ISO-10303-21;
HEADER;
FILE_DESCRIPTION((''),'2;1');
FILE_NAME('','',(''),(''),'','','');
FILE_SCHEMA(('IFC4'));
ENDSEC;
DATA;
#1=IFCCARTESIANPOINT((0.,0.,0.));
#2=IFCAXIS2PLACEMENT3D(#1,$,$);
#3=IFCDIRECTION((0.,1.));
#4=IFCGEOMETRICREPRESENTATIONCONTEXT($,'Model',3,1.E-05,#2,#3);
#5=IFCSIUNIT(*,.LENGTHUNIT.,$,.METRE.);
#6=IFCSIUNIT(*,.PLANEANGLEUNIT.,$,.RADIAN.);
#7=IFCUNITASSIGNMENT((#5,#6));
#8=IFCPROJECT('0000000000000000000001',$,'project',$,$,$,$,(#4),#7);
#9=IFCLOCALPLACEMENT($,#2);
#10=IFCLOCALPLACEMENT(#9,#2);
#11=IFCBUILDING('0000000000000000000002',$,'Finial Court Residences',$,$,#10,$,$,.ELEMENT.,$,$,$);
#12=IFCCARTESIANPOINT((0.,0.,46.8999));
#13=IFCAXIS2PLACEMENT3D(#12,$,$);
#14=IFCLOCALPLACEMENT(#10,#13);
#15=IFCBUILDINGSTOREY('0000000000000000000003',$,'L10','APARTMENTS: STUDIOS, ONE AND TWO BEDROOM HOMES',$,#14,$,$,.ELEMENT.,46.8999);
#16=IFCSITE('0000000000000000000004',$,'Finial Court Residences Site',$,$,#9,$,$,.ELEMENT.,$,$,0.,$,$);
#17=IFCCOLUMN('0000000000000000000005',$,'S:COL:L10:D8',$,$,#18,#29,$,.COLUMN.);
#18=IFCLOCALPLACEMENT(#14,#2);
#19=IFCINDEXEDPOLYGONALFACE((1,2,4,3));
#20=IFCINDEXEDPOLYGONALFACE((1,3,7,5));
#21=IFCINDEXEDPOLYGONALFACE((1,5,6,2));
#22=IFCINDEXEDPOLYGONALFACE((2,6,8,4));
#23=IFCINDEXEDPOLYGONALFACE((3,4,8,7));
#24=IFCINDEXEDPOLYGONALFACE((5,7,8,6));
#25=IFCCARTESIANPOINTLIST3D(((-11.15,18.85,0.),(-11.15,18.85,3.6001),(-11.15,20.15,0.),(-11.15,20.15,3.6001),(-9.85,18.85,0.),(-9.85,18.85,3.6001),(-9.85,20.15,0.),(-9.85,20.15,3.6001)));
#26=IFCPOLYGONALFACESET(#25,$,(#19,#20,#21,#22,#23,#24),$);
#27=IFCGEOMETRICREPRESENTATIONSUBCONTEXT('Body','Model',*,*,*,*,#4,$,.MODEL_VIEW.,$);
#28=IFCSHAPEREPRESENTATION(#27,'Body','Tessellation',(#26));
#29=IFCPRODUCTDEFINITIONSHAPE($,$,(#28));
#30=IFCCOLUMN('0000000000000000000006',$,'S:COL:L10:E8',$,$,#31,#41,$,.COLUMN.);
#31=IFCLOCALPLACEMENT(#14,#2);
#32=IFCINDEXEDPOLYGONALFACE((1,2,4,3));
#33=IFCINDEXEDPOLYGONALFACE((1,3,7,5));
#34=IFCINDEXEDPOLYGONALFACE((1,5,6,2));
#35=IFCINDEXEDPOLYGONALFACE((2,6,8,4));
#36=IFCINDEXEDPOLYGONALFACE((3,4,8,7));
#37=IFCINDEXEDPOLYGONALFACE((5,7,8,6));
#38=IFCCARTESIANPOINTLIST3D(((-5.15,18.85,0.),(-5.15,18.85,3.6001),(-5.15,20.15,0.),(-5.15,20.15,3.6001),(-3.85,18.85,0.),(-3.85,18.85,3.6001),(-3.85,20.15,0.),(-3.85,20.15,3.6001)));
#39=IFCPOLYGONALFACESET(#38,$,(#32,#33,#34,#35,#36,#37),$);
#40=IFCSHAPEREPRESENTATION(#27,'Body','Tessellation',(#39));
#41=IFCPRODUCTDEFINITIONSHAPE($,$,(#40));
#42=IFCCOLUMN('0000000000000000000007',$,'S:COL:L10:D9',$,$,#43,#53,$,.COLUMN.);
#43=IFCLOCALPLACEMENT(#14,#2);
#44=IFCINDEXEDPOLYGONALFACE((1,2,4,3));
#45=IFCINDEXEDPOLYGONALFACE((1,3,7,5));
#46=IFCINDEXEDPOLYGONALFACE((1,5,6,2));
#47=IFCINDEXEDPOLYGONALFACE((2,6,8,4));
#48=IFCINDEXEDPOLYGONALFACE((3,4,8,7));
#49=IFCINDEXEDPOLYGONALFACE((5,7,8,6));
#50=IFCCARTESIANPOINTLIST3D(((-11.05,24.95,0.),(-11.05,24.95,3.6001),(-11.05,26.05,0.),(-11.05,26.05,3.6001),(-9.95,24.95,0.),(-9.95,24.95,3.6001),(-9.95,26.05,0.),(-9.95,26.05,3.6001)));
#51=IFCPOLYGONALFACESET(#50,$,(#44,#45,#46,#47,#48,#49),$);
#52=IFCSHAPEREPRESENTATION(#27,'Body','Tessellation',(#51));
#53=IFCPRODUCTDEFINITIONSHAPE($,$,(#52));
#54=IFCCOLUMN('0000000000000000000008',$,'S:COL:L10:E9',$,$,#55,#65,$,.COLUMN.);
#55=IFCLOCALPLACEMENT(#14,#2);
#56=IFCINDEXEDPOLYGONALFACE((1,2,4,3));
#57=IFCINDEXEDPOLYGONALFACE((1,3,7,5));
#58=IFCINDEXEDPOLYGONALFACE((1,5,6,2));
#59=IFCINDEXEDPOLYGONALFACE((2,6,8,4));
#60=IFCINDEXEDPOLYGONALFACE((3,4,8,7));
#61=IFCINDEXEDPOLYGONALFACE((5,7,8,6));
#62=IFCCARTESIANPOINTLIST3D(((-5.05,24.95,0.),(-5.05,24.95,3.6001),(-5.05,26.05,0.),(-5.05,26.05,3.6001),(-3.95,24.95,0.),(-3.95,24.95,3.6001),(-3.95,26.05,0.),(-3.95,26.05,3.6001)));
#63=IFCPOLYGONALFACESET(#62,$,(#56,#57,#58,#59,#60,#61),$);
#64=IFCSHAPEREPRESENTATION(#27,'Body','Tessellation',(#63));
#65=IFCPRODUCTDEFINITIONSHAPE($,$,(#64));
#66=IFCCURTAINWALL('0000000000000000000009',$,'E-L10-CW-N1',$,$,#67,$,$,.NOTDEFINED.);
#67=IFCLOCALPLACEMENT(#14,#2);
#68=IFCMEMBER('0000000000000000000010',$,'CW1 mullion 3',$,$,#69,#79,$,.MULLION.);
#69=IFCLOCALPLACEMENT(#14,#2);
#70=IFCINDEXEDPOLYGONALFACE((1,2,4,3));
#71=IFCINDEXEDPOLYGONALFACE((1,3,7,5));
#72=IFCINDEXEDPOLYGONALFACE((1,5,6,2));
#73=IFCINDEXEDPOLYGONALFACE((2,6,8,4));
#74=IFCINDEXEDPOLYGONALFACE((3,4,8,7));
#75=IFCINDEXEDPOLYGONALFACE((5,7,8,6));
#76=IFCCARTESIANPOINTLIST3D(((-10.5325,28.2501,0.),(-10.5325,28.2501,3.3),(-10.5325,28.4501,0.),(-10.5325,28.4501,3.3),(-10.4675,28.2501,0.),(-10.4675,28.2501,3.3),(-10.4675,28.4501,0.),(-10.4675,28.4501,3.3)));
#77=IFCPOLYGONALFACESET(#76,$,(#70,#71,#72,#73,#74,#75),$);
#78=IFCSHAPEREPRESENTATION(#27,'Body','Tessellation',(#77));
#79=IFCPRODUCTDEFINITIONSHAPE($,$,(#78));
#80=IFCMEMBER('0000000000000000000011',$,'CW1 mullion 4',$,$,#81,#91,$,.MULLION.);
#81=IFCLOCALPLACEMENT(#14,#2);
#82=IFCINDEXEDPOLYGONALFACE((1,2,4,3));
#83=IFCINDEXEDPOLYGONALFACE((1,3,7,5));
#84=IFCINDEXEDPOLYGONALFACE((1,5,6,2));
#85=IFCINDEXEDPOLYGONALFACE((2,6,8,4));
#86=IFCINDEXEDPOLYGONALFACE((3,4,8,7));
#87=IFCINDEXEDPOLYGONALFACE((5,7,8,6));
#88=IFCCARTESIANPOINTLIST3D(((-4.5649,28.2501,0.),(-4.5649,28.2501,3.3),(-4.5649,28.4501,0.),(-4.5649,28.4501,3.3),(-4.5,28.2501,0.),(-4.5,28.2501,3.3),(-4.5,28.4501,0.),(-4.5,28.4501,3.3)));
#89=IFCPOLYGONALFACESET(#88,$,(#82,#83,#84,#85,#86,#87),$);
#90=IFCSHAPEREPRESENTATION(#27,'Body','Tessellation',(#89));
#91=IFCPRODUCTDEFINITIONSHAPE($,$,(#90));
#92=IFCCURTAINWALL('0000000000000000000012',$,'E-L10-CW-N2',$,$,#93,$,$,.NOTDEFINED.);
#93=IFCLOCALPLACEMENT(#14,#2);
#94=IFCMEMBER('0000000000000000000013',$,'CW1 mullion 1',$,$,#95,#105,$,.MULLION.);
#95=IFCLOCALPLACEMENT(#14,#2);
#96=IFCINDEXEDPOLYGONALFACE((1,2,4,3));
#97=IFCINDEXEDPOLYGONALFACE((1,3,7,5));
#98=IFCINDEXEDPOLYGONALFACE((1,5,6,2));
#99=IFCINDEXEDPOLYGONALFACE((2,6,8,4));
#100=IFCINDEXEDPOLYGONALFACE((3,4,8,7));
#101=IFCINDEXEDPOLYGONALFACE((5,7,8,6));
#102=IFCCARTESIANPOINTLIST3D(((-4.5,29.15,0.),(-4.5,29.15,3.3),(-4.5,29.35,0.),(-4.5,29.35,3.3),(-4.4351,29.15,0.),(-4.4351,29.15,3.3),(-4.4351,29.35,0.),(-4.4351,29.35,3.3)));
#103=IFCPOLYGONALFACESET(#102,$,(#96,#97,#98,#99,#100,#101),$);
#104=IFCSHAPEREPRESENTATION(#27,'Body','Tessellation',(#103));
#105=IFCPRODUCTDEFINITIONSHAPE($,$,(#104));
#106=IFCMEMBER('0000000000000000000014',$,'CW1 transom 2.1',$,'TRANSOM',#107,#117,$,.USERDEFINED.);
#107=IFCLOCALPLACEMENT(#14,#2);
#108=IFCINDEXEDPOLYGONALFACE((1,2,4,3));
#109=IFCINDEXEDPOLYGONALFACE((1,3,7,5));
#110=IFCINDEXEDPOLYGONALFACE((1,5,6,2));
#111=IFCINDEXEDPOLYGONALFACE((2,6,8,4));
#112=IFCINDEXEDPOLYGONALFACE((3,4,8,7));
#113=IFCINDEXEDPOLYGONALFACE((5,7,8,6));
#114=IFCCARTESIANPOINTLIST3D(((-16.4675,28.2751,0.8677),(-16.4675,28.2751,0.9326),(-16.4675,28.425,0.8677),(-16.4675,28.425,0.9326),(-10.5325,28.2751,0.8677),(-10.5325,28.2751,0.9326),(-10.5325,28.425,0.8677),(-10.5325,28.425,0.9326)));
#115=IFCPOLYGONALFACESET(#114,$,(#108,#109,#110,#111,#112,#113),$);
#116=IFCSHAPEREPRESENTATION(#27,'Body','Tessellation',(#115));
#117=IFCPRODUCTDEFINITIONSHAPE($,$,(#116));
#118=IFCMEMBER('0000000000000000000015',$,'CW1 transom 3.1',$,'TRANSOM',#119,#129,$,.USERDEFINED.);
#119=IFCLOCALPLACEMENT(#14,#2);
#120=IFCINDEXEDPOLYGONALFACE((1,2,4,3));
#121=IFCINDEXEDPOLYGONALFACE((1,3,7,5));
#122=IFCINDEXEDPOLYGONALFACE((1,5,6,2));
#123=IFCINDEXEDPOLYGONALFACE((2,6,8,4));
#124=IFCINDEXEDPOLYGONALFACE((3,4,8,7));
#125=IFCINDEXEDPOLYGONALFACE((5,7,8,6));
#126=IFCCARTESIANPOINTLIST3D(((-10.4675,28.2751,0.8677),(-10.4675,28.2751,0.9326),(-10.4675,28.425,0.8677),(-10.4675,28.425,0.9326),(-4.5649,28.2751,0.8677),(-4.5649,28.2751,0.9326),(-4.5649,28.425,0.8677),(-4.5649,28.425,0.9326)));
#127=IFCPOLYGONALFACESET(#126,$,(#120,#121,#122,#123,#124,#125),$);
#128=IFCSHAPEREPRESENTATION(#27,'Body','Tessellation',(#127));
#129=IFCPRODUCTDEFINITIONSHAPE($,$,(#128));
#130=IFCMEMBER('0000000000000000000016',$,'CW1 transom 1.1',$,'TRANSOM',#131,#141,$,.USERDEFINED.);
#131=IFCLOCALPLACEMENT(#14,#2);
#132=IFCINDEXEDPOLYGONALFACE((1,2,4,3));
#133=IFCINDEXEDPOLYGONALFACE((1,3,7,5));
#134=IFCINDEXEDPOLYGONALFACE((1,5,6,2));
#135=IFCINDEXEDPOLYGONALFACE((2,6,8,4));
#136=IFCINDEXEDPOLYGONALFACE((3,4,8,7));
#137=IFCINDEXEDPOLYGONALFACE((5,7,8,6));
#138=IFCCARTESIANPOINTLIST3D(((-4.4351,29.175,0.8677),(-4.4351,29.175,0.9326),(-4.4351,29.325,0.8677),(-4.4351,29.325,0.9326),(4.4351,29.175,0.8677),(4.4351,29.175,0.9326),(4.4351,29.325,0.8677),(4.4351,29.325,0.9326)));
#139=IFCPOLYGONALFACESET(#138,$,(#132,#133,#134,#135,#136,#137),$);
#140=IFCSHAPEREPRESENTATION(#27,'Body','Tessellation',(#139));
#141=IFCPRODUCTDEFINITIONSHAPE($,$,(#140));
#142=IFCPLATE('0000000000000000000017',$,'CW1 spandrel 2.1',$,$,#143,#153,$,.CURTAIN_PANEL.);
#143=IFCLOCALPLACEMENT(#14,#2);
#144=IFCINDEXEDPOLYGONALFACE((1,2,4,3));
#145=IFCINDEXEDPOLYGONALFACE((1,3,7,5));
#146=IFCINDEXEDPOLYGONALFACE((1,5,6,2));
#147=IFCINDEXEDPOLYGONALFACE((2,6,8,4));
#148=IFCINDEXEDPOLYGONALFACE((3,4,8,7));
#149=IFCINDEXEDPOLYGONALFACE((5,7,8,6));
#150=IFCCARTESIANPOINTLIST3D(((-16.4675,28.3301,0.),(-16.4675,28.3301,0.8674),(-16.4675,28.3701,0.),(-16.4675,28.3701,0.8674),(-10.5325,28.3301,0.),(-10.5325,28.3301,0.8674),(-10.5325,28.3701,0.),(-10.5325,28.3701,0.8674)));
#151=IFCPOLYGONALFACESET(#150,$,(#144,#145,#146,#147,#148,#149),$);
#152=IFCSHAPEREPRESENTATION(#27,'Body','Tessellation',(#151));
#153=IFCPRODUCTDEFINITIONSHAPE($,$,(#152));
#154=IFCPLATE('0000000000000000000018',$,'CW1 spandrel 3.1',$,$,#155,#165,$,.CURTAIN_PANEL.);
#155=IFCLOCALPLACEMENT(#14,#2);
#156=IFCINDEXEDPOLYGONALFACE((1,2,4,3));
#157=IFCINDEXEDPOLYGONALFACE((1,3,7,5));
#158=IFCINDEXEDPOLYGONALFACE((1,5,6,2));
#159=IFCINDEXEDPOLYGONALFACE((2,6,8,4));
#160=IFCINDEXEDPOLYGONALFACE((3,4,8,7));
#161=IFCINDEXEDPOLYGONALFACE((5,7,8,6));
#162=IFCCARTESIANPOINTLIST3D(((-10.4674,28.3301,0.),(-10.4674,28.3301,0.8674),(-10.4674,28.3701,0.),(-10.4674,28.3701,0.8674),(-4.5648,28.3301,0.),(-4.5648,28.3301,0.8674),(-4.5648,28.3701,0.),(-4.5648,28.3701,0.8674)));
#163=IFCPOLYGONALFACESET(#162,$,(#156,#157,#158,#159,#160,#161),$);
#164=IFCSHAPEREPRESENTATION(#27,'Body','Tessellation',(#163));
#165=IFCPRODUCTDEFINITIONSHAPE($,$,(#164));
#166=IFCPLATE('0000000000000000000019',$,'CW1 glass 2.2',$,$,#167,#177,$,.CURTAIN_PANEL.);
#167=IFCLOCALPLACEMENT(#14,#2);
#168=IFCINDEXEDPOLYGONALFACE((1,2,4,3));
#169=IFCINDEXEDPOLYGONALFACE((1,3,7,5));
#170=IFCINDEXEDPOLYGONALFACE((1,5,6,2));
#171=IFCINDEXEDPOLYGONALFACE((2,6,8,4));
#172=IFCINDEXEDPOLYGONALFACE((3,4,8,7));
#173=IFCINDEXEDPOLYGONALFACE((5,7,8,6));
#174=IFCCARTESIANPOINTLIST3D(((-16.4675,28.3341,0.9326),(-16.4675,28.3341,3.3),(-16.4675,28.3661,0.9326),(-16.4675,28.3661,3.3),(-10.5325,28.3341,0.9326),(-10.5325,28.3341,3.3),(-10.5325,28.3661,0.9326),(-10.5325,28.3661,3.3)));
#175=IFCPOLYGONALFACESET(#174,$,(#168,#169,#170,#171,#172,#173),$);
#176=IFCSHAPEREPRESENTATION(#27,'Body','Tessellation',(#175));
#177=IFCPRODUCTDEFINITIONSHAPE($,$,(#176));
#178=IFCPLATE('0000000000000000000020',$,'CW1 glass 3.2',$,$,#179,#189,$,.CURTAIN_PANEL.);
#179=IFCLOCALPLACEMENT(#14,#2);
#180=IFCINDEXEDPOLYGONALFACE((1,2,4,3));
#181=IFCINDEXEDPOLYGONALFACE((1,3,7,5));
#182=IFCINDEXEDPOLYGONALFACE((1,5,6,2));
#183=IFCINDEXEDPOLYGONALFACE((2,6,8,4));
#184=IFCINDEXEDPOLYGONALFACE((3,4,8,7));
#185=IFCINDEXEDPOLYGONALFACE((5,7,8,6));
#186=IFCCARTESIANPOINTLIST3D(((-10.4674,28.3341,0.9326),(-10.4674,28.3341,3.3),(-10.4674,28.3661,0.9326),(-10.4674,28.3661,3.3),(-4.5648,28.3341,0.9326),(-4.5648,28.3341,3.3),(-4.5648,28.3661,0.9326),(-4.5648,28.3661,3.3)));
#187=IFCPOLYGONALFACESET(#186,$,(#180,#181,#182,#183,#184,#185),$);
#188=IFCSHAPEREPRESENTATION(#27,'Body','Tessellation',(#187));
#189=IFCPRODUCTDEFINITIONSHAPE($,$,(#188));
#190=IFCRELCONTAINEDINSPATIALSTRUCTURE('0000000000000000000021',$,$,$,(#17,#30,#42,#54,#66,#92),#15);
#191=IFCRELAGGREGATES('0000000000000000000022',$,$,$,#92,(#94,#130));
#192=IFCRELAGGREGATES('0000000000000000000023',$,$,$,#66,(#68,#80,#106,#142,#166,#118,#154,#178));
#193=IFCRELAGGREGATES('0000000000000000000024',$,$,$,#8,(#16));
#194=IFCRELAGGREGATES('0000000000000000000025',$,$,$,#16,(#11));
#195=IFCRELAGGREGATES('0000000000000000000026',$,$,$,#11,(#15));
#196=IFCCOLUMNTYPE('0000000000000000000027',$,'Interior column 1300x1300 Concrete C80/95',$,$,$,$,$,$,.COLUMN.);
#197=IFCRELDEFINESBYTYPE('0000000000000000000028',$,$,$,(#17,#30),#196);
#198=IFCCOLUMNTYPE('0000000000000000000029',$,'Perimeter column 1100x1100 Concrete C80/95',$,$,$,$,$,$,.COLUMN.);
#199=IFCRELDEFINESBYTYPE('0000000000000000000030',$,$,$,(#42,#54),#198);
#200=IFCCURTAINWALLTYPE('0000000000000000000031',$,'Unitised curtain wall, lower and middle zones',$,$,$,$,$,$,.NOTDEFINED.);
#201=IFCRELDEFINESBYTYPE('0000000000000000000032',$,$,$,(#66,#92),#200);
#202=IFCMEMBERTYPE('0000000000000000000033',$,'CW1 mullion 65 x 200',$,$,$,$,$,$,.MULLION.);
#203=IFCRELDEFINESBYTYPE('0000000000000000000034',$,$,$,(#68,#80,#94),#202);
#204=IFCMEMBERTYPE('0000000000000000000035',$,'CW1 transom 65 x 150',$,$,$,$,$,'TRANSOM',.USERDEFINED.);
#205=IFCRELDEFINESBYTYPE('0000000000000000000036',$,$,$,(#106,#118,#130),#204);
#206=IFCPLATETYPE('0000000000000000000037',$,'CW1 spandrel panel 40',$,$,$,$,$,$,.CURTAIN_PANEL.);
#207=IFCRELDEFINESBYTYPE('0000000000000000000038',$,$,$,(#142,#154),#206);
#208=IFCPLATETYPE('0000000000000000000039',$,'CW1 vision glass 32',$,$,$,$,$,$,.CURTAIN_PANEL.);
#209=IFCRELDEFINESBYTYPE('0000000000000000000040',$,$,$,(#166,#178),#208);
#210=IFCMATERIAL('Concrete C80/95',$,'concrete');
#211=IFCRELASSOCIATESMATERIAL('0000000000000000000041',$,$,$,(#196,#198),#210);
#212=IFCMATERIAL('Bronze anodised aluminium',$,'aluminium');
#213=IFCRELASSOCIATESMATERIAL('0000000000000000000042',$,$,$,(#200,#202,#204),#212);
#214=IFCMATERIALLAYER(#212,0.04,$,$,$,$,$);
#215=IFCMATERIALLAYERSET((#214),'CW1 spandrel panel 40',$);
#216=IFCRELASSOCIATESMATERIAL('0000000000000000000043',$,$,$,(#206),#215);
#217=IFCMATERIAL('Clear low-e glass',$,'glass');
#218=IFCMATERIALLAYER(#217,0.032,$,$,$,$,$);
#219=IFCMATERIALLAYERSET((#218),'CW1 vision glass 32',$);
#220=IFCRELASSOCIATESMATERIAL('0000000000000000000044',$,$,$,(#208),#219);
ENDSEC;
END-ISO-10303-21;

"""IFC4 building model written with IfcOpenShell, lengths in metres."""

from ifc_helpers import new_model, si_unit, direction, frame, origin, origin_2d, place, context, subcontext, project, spatial, rectangle, extrude, material, layer, layer_set, material_profile, profile_set, type_object, element, aggregate, save


model = new_model("IFC4")

# Units and contexts
model_context = context("Model", 3, precision=1e-05, world=origin(), true_north=direction((0.0, 1.0)))
body_context = subcontext(model_context, "Body", "Model", "MODEL_VIEW")
ifc_project = project(units=[si_unit("LENGTHUNIT", "METRE"), si_unit("PLANEANGLEUNIT", "RADIAN")], contexts=[model_context])

# Site, building, storey
site_placement = place(None, origin())
site = spatial("IfcSite", under=ifc_project, at=site_placement, Name="Finial Court Residences Site", CompositionType="ELEMENT", RefElevation=0.0)
building_placement = place(site_placement, origin())
building = spatial("IfcBuilding", under=site, at=building_placement, Name="Finial Court Residences", CompositionType="ELEMENT")
storey_placement = place(building_placement, frame((0.0, 0.0, 46.8999)))
storey = spatial("IfcBuildingStorey", under=building, at=storey_placement, Name="L10", Description="APARTMENTS: STUDIOS, ONE AND TWO BEDROOM HOMES", CompositionType="ELEMENT", Elevation=46.8999)

# Columns
ifc_material_1 = material(Name="Concrete C80/95", Category="concrete")
ifc_material_profile_1 = material_profile(ifc_material_1, rectangle(XDim=1.3, YDim=1.3, at=origin_2d()), Name="1300x1300")
ifc_profile_set_1 = profile_set([ifc_material_profile_1], Name="Concrete C80/95")
column_type_1 = type_object("IfcColumnType", Name="Interior column 1300x1300 Concrete C80/95", PredefinedType="COLUMN", material=ifc_profile_set_1)
for number, where, z_axis, x_axis, name in (
    (1, (-10.5, 19.5, 0.0), (0.0, 0.0, 1.0), (1.0, 0.0, 0.0), "S:COL:L10:D8"),
    (2, (-4.5, 19.5, 0.0), (0.0, 0.0, 1.0), (1.0, 0.0, 0.0), "S:COL:L10:E8"),
):
    element("IfcColumn", number, at=place(storey_placement, frame(where, z_axis=z_axis, x_axis=x_axis)), inside=storey, type_object=column_type_1, Name=name, PredefinedType="COLUMN", context=body_context, shape_type="SweptSolid", body=[
        extrude(rectangle(XDim=1.3, YDim=1.3, at=origin_2d()), origin(), (0.0, 0.0, 1.0), 3.6001),
    ])
ifc_material_profile_2 = material_profile(ifc_material_1, rectangle(XDim=1.1001, YDim=1.1001, at=origin_2d()), Name="1100x1100")
ifc_profile_set_2 = profile_set([ifc_material_profile_2], Name="Concrete C80/95")
column_type_2 = type_object("IfcColumnType", Name="Perimeter column 1100x1100 Concrete C80/95", PredefinedType="COLUMN", material=ifc_profile_set_2)
for number, where, z_axis, x_axis, name in (
    (3, (-10.5, 25.5, 0.0), (0.0, 0.0, 1.0), (1.0, 0.0, 0.0), "S:COL:L10:D9"),
    (4, (-4.5, 25.5, 0.0), (0.0, 0.0, 1.0), (1.0, 0.0, 0.0), "S:COL:L10:E9"),
):
    element("IfcColumn", number, at=place(storey_placement, frame(where, z_axis=z_axis, x_axis=x_axis)), inside=storey, type_object=column_type_2, Name=name, PredefinedType="COLUMN", context=body_context, shape_type="SweptSolid", body=[
        extrude(rectangle(XDim=1.1001, YDim=1.1001, at=origin_2d()), origin(), (0.0, 0.0, 1.0), 3.6001),
    ])

# Curtain wall, members
ifc_material_2 = material(Name="Bronze anodised aluminium", Category="aluminium")
curtain_wall_type = type_object("IfcCurtainWallType", Name="Unitised curtain wall, lower and middle zones", PredefinedType="NOTDEFINED", material=ifc_material_2)
curtain_wall_1_placement = place(storey_placement, origin())
curtain_wall_1 = element("IfcCurtainWall", 5, at=curtain_wall_1_placement, inside=storey, type_object=curtain_wall_type, Name="E-L10-CW-N1", PredefinedType="NOTDEFINED")
ifc_material_profile_3 = material_profile(ifc_material_2, rectangle(XDim=0.2, YDim=0.0649, at=origin_2d()), Name="CW1 mullion 65 x 200")
ifc_profile_set_3 = profile_set([ifc_material_profile_3], Name="Bronze anodised aluminium")
member_type_1 = type_object("IfcMemberType", Name="CW1 mullion 65 x 200", PredefinedType="MULLION", material=ifc_profile_set_3)
member_1_placement = place(storey_placement, frame((-10.5, 28.3501, 0.0), z_axis=(0.0, 0.0, 1.0), x_axis=(0.0, 1.0, 0.0)))
member_1 = element("IfcMember", 6, at=member_1_placement, type_object=member_type_1, Name="CW1 mullion 3", PredefinedType="MULLION", context=body_context, shape_type="SweptSolid", body=[
    extrude(rectangle(XDim=0.2, YDim=0.0649, at=origin_2d()), origin(), (0.0, 0.0, 1.0), 3.3),
])
member_2_placement = place(storey_placement, frame((-4.5325, 28.3501, 0.0), z_axis=(0.0, 0.0, 1.0), x_axis=(0.0, 1.0, 0.0)))
member_2 = element("IfcMember", 7, at=member_2_placement, type_object=member_type_1, Name="CW1 mullion 4", PredefinedType="MULLION", context=body_context, shape_type="SweptSolid", body=[
    extrude(rectangle(XDim=0.2, YDim=0.0649, at=origin_2d()), origin(), (0.0, 0.0, 1.0), 3.3),
])

# Curtain wall, member
curtain_wall_2_placement = place(storey_placement, origin())
curtain_wall_2 = element("IfcCurtainWall", 8, at=curtain_wall_2_placement, inside=storey, type_object=curtain_wall_type, Name="E-L10-CW-N2", PredefinedType="NOTDEFINED")
member_3_placement = place(storey_placement, frame((-4.4675, 29.25, 0.0), z_axis=(0.0, 0.0, 1.0), x_axis=(0.0, 1.0, 0.0)))
member_3 = element("IfcMember", 9, at=member_3_placement, type_object=member_type_1, Name="CW1 mullion 1", PredefinedType="MULLION", context=body_context, shape_type="SweptSolid", body=[
    extrude(rectangle(XDim=0.2, YDim=0.0649, at=origin_2d()), origin(), (0.0, 0.0, 1.0), 3.3),
])

# Members
ifc_material_profile_4 = material_profile(ifc_material_2, rectangle(XDim=0.1499, YDim=0.0649, at=origin_2d()), Name="CW1 transom 65 x 150")
ifc_profile_set_4 = profile_set([ifc_material_profile_4], Name="Bronze anodised aluminium")
member_type_2 = type_object("IfcMemberType", Name="CW1 transom 65 x 150", ElementType="TRANSOM", PredefinedType="USERDEFINED", material=ifc_profile_set_4)
member_4_placement = place(storey_placement, frame((-16.4675, 28.3501, 0.9001), z_axis=(1.0, 0.0, 0.0), x_axis=(0.0, 1.0, 0.0)))
member_4 = element("IfcMember", 10, at=member_4_placement, type_object=member_type_2, Name="CW1 transom 2.1", ObjectType="TRANSOM", PredefinedType="USERDEFINED", context=body_context, shape_type="SweptSolid", body=[
    extrude(rectangle(XDim=0.1499, YDim=0.0649, at=origin_2d()), origin(), (0.0, 0.0, 1.0), 5.9351),
])
member_5_placement = place(storey_placement, frame((-10.4675, 28.3501, 0.9001), z_axis=(1.0, 0.0, 0.0), x_axis=(0.0, 1.0, 0.0)))
member_5 = element("IfcMember", 11, at=member_5_placement, type_object=member_type_2, Name="CW1 transom 3.1", ObjectType="TRANSOM", PredefinedType="USERDEFINED", context=body_context, shape_type="SweptSolid", body=[
    extrude(rectangle(XDim=0.1499, YDim=0.0649, at=origin_2d()), origin(), (0.0, 0.0, 1.0), 5.9026),
])
member_6_placement = place(storey_placement, frame((-4.4351, 29.25, 0.9001), z_axis=(1.0, 0.0, 0.0), x_axis=(0.0, 1.0, 0.0)))
member_6 = element("IfcMember", 12, at=member_6_placement, type_object=member_type_2, Name="CW1 transom 1.1", ObjectType="TRANSOM", PredefinedType="USERDEFINED", context=body_context, shape_type="SweptSolid", body=[
    extrude(rectangle(XDim=0.1499, YDim=0.0649, at=origin_2d()), origin(), (0.0, 0.0, 1.0), 8.8701),
])
aggregate(curtain_wall_2, [member_3, member_6])

# Plates
ifc_layer_1 = layer(ifc_material_2, 0.04)
ifc_layer_set_1 = layer_set([ifc_layer_1], Name="CW1 spandrel panel 40")
plate_type_1 = type_object("IfcPlateType", Name="CW1 spandrel panel 40", PredefinedType="CURTAIN_PANEL", material=ifc_layer_set_1)
plate_1_placement = place(storey_placement, frame((-13.5, 28.3501, 0.0), z_axis=(0.0, 0.0, 1.0), x_axis=(1.0, 0.0, 0.0)))
plate_1 = element("IfcPlate", 13, at=plate_1_placement, type_object=plate_type_1, Name="CW1 spandrel 2.1", PredefinedType="CURTAIN_PANEL", context=body_context, shape_type="SweptSolid", body=[
    extrude(rectangle(XDim=5.9351, YDim=0.04, at=origin_2d()), origin(), (0.0, 0.0, 1.0), 0.8674),
])
plate_2_placement = place(storey_placement, frame((-7.5161, 28.3501, 0.0), z_axis=(0.0, 0.0, 1.0), x_axis=(1.0, 0.0, 0.0)))
plate_2 = element("IfcPlate", 14, at=plate_2_placement, type_object=plate_type_1, Name="CW1 spandrel 3.1", PredefinedType="CURTAIN_PANEL", context=body_context, shape_type="SweptSolid", body=[
    extrude(rectangle(XDim=5.9026, YDim=0.04, at=origin_2d()), origin(), (0.0, 0.0, 1.0), 0.8674),
])
ifc_material_3 = material(Name="Clear low-e glass", Category="glass")
ifc_layer_2 = layer(ifc_material_3, 0.032)
ifc_layer_set_2 = layer_set([ifc_layer_2], Name="CW1 vision glass 32")
plate_type_2 = type_object("IfcPlateType", Name="CW1 vision glass 32", PredefinedType="CURTAIN_PANEL", material=ifc_layer_set_2)
plate_3_placement = place(storey_placement, frame((-13.5, 28.3501, 0.9326), z_axis=(0.0, 0.0, 1.0), x_axis=(1.0, 0.0, 0.0)))
plate_3 = element("IfcPlate", 15, at=plate_3_placement, type_object=plate_type_2, Name="CW1 glass 2.2", PredefinedType="CURTAIN_PANEL", context=body_context, shape_type="SweptSolid", body=[
    extrude(rectangle(XDim=5.9351, YDim=0.032, at=origin_2d()), origin(), (0.0, 0.0, 1.0), 2.3674),
])
plate_4_placement = place(storey_placement, frame((-7.5161, 28.3501, 0.9326), z_axis=(0.0, 0.0, 1.0), x_axis=(1.0, 0.0, 0.0)))
plate_4 = element("IfcPlate", 16, at=plate_4_placement, type_object=plate_type_2, Name="CW1 glass 3.2", PredefinedType="CURTAIN_PANEL", context=body_context, shape_type="SweptSolid", body=[
    extrude(rectangle(XDim=5.9026, YDim=0.032, at=origin_2d()), origin(), (0.0, 0.0, 1.0), 2.3674),
])
aggregate(curtain_wall_1, [member_1, member_2, member_4, plate_1, plate_3, member_5, plate_2, plate_4])

save(model, "model.ifc")
